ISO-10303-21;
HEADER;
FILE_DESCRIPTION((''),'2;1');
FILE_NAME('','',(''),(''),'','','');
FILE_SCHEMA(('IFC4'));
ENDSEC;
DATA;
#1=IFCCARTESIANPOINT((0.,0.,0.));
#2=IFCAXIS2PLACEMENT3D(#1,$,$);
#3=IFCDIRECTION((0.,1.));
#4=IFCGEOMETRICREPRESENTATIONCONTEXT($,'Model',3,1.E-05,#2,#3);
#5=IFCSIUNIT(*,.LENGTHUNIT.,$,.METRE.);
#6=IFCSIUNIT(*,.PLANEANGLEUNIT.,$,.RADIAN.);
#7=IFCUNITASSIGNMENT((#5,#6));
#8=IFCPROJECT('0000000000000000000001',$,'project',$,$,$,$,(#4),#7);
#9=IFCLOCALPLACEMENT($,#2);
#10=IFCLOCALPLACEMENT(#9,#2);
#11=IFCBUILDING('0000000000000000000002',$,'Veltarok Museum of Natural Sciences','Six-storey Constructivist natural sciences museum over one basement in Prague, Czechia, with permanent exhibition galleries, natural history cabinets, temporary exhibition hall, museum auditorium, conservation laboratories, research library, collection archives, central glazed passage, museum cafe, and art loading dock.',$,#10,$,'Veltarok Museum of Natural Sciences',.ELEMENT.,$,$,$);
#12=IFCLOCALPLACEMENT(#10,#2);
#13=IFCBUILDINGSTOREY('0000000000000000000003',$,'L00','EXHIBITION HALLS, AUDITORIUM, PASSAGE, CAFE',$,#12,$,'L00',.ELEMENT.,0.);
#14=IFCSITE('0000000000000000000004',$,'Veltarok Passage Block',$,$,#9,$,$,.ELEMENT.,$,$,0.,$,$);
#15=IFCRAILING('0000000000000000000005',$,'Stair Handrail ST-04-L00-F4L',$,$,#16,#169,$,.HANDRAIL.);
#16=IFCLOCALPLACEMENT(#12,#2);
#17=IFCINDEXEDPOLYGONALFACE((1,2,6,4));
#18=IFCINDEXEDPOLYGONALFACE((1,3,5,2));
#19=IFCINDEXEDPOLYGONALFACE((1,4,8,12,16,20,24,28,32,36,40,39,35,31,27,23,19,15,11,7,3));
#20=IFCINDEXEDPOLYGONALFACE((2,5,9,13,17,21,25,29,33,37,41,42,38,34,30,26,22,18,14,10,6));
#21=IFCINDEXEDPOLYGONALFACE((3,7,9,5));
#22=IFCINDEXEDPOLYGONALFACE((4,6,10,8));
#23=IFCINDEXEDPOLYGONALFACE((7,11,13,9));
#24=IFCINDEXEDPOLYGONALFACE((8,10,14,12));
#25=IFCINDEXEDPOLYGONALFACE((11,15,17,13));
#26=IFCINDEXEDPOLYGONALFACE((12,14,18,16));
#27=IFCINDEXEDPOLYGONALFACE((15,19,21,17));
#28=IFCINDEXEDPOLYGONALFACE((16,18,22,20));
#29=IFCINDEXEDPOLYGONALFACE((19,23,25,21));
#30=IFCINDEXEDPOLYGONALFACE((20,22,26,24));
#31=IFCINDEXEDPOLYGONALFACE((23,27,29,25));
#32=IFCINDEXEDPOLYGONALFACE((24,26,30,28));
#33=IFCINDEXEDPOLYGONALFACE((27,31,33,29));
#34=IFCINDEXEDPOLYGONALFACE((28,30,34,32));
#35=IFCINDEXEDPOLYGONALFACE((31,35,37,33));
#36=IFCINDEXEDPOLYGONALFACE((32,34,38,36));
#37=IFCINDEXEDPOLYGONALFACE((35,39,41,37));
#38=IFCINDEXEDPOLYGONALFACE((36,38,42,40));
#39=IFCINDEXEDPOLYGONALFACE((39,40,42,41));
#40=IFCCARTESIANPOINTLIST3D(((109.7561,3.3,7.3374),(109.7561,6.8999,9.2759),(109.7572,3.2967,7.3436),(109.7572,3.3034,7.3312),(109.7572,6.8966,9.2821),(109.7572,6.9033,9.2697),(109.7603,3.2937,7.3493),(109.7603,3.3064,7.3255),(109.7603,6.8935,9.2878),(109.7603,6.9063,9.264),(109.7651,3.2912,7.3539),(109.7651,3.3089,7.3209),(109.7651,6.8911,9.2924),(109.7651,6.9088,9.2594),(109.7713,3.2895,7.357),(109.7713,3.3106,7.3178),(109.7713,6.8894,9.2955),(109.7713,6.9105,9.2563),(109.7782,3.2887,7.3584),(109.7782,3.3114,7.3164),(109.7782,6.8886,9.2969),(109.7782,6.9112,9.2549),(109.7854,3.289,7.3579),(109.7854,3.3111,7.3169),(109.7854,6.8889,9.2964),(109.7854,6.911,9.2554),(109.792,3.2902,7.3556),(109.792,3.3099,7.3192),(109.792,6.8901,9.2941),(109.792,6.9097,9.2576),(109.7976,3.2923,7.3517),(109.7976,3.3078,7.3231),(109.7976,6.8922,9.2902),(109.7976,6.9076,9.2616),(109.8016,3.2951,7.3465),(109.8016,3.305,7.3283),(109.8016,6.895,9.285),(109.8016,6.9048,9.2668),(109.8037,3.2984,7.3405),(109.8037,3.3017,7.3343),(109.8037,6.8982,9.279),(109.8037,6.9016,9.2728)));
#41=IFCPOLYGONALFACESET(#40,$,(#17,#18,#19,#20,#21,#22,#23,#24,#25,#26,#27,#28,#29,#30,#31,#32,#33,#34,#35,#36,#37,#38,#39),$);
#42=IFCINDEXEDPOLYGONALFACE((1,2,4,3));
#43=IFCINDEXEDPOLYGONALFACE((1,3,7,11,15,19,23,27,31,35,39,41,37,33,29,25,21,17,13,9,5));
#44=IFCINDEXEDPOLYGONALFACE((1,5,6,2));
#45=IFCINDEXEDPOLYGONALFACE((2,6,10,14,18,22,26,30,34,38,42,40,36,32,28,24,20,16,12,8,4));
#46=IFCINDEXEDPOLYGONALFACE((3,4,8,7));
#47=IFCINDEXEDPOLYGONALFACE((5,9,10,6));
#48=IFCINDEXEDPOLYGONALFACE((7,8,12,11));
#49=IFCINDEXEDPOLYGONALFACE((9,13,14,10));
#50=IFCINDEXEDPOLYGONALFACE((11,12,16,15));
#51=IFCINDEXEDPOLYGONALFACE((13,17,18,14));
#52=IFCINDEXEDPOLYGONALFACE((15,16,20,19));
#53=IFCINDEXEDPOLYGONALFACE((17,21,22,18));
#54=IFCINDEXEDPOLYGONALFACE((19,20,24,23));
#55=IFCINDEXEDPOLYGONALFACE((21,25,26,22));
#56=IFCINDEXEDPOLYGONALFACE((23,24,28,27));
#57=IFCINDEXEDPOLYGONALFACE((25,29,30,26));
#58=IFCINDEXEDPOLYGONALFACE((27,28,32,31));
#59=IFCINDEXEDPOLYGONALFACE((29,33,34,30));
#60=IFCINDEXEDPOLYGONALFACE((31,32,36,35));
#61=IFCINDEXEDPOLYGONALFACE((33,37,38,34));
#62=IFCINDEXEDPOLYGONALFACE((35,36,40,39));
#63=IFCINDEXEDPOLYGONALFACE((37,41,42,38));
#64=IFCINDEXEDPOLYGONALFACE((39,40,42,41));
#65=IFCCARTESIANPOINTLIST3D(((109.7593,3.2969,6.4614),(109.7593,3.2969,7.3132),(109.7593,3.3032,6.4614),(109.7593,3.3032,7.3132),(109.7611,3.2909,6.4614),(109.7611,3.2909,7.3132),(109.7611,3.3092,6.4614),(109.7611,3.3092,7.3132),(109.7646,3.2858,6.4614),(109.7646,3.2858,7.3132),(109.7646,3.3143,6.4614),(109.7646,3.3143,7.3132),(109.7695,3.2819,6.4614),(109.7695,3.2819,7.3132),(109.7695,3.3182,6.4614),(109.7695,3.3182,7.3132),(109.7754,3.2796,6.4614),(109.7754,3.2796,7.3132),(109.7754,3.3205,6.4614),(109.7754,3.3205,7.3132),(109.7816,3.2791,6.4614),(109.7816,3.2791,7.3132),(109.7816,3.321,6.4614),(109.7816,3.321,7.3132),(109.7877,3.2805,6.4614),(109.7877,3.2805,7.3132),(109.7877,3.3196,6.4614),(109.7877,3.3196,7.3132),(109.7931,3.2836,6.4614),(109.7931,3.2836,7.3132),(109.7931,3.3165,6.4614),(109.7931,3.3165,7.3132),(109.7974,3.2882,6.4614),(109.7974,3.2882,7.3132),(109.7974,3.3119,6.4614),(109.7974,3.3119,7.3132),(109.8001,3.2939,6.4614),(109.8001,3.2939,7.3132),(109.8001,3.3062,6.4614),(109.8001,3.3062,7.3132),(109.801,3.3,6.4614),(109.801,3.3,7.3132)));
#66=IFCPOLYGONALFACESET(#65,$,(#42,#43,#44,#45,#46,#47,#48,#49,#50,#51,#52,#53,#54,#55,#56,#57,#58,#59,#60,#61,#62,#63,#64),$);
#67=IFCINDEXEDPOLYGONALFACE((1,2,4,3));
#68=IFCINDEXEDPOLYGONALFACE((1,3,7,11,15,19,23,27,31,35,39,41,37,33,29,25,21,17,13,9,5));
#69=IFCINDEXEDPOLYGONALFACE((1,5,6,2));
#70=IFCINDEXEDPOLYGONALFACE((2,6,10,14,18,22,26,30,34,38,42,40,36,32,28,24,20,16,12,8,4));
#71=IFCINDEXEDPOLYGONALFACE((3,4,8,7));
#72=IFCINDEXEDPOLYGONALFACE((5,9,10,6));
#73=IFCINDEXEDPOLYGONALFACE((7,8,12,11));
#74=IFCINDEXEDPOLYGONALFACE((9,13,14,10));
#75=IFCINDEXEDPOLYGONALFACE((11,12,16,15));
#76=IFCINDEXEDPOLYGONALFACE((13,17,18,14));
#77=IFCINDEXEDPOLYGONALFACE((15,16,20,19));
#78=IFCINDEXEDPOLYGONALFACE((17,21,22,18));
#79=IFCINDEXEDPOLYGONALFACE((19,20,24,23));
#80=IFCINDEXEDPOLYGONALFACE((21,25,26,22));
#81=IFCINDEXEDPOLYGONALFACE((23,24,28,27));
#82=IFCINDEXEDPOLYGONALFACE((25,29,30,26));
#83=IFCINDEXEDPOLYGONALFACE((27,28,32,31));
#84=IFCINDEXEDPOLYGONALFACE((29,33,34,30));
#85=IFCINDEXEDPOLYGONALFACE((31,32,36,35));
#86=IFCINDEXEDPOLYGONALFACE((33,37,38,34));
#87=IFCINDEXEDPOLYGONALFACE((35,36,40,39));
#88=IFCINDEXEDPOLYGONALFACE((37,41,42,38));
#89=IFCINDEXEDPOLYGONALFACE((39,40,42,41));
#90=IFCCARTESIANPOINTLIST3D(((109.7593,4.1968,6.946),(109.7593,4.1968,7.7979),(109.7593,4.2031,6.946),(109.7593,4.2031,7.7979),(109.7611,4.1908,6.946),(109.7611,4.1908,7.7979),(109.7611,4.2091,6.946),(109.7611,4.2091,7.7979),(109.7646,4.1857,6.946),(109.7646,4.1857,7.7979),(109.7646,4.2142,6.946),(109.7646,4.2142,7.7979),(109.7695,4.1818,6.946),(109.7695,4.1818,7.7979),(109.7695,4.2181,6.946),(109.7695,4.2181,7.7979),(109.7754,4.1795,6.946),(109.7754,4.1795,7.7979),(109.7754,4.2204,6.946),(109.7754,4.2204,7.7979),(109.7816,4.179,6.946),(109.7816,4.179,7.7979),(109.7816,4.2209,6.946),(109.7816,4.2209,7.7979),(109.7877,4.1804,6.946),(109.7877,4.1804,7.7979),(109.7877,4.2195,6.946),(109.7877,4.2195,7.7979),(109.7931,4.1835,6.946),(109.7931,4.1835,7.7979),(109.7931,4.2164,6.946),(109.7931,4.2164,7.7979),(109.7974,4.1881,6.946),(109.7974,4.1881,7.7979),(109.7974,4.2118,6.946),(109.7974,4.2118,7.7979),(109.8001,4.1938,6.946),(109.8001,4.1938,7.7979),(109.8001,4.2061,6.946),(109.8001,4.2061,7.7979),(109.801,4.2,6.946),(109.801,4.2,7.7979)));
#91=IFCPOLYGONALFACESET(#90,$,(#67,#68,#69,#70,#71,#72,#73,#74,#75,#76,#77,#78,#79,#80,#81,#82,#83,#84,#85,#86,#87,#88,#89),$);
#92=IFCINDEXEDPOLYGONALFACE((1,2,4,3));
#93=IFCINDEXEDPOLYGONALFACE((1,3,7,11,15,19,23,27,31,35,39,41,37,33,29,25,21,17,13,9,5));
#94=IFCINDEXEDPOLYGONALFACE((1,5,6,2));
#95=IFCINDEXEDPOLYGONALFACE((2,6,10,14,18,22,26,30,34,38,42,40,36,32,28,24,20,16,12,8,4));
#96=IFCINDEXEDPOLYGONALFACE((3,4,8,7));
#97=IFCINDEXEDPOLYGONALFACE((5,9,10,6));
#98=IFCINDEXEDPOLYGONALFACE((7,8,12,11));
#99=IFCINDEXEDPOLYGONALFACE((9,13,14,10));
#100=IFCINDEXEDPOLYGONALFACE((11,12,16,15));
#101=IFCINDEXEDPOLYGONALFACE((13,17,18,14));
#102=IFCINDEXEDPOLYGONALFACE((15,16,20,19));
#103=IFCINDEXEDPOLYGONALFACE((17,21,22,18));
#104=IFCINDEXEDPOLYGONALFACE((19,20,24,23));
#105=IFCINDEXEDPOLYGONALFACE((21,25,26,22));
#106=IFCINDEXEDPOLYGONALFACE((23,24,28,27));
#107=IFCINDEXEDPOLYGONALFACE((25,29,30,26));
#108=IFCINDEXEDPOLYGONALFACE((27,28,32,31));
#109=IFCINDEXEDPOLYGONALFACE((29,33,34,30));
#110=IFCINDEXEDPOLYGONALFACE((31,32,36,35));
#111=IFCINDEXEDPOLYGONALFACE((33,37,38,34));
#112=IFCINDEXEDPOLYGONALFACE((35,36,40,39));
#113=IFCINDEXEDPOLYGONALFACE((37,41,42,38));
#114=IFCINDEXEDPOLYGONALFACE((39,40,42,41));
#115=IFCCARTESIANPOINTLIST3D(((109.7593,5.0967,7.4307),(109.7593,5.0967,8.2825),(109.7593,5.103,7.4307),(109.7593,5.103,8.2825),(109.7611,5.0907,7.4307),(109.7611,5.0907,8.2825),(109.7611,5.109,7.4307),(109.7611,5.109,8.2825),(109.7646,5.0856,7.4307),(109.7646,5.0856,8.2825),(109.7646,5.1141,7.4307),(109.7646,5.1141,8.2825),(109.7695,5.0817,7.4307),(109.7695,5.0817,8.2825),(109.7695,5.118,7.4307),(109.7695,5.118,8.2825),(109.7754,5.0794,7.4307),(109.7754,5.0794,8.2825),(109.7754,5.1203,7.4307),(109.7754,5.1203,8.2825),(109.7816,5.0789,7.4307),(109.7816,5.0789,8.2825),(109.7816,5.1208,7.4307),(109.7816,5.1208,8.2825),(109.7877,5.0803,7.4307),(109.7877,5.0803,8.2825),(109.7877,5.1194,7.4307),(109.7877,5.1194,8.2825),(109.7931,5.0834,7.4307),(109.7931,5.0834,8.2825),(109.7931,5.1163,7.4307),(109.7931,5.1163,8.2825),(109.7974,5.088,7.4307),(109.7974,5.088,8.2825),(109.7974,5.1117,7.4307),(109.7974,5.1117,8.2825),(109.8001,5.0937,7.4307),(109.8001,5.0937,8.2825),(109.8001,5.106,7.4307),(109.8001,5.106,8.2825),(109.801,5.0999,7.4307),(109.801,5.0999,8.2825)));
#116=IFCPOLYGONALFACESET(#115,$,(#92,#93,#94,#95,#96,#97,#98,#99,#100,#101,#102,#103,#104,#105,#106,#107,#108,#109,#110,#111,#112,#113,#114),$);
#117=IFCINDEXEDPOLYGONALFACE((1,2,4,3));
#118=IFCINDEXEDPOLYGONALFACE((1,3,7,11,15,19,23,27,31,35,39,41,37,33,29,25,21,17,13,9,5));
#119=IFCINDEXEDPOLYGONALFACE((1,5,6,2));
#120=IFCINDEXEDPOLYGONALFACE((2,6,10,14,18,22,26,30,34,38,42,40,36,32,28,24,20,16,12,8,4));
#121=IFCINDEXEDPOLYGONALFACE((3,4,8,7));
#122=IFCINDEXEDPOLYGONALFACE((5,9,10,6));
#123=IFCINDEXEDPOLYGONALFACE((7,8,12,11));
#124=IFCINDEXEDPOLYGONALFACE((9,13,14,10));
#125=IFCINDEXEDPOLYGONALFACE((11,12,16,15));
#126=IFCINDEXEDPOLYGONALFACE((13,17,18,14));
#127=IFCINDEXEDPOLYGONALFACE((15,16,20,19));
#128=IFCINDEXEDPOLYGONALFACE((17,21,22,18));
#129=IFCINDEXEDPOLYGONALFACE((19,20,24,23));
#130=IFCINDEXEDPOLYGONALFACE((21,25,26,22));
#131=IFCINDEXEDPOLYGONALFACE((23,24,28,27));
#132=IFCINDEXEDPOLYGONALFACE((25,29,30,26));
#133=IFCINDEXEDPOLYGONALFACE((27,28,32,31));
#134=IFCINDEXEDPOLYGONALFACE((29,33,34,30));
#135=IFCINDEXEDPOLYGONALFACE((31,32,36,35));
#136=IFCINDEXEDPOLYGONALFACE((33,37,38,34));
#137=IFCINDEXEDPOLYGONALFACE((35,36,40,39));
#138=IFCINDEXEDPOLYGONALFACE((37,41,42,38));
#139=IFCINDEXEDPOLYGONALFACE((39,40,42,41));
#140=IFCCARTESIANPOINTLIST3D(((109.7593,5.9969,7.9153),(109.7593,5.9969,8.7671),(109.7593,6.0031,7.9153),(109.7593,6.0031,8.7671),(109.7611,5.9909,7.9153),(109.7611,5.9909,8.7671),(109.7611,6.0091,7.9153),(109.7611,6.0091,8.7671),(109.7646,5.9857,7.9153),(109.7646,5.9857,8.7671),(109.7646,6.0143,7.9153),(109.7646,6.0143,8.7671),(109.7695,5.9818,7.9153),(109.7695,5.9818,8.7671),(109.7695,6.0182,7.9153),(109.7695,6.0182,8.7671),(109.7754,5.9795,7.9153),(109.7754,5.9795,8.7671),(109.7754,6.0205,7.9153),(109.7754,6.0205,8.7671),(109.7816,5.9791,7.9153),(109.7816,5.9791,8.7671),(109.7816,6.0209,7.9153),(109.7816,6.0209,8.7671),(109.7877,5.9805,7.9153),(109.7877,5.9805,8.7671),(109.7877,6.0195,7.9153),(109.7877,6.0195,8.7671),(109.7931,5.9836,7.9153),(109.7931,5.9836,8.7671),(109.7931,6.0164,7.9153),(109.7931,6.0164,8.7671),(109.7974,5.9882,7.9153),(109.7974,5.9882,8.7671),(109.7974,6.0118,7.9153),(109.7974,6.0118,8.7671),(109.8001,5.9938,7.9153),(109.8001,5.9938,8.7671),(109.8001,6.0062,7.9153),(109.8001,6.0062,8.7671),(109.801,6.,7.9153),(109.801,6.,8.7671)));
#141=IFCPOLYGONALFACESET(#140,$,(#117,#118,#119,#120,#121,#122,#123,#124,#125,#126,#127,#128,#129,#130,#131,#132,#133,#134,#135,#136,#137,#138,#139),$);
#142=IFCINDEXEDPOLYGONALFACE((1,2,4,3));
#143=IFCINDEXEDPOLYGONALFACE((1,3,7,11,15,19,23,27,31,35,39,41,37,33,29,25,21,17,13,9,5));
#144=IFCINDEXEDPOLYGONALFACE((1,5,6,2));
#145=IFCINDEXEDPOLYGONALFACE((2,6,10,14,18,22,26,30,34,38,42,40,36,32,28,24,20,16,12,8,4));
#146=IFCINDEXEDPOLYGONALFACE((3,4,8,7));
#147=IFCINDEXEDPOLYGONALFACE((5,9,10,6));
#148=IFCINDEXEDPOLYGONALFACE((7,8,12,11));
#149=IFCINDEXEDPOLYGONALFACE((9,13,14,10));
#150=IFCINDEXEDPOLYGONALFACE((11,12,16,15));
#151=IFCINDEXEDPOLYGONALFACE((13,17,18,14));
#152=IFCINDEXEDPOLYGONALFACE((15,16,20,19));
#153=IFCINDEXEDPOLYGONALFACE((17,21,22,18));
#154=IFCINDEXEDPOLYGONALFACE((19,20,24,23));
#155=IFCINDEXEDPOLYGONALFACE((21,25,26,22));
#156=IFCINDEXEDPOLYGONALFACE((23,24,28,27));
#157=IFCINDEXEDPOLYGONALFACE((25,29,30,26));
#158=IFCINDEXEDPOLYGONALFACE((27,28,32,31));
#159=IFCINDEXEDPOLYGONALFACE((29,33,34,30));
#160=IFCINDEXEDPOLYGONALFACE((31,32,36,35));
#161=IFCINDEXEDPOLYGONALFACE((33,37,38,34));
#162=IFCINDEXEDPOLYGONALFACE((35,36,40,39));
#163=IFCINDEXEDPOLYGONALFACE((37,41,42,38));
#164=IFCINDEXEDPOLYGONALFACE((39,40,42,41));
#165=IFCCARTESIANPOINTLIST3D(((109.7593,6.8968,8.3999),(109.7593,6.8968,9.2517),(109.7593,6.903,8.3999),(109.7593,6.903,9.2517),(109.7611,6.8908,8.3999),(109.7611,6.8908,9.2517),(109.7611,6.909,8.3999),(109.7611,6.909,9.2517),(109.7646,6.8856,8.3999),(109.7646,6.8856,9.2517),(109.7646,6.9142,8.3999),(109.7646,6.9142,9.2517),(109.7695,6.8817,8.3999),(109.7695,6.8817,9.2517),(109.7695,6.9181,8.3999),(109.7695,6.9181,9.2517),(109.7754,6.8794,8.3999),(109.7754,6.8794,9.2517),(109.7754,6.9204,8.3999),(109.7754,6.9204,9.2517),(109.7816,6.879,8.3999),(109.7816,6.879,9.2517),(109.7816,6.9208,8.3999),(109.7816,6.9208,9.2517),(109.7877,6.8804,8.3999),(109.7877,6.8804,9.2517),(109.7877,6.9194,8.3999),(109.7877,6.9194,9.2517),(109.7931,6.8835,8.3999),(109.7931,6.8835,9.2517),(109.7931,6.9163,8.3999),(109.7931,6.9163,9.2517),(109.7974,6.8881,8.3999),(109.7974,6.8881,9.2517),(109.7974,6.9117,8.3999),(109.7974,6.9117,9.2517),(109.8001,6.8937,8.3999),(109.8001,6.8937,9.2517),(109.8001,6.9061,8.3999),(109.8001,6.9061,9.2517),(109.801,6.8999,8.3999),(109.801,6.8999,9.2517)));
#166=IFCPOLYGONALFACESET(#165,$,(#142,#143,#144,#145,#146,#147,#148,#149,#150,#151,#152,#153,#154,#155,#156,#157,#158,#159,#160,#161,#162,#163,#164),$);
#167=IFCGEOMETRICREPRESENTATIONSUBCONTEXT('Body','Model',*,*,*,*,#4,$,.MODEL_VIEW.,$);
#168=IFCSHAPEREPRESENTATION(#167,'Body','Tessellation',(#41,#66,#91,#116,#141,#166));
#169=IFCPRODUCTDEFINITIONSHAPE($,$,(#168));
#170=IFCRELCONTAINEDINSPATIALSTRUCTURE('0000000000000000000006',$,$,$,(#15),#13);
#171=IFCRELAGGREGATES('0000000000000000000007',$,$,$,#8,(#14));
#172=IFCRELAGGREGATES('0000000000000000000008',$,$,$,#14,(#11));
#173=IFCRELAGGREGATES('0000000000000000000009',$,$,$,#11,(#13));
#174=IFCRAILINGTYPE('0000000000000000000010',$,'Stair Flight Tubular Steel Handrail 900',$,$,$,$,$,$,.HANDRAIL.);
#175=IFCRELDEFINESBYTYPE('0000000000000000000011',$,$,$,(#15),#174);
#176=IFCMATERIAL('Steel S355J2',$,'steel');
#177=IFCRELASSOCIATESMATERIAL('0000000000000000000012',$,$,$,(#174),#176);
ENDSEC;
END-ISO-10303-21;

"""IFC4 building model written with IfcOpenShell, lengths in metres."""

from ifc_helpers import new_model, si_unit, direction, frame, origin, origin_2d, place, context, subcontext, project, spatial, circle, extrude, material, type_object, element, save


model = new_model("IFC4")

# Units and contexts
model_context = context("Model", 3, precision=1e-05, world=origin(), true_north=direction((0.0, 1.0)))
body_context = subcontext(model_context, "Body", "Model", "MODEL_VIEW")
ifc_project = project(units=[si_unit("LENGTHUNIT", "METRE"), si_unit("PLANEANGLEUNIT", "RADIAN")], contexts=[model_context])

# Site, building, storey
site_placement = place(None, origin())
site = spatial("IfcSite", under=ifc_project, at=site_placement, Name="Veltarok Passage Block", CompositionType="ELEMENT", RefElevation=0.0)
building_placement = place(site_placement, origin())
building = spatial("IfcBuilding", under=site, at=building_placement, Name="Veltarok Museum of Natural Sciences", Description="Six-storey Constructivist natural sciences museum over one basement in Prague, Czechia, with permanent exhibition galleries, natural history cabinets, temporary exhibition hall, museum auditorium, conservation laboratories, research library, collection archives, central glazed passage, museum cafe, and art loading dock.", LongName="Veltarok Museum of Natural Sciences", CompositionType="ELEMENT")
storey_placement = place(building_placement, origin())
storey = spatial("IfcBuildingStorey", under=building, at=storey_placement, Name="L00", Description="EXHIBITION HALLS, AUDITORIUM, PASSAGE, CAFE", LongName="L00", CompositionType="ELEMENT", Elevation=0.0)

# Shared definitions
ifc_material_1 = material(Name="Steel S355J2", Category="steel")

# Railing
railing_type_1 = type_object("IfcRailingType", Name="Stair Flight Tubular Steel Handrail 900", PredefinedType="HANDRAIL", material=ifc_material_1)
for number, where, name in (
    (1, (109.78, 3.3, 6.4614), "Stair Handrail ST-04-L00-F4L"),
):
    element("IfcRailing", number, at=place(storey_placement, frame(where)), inside=storey, type_object=railing_type_1, Name=name, PredefinedType="HANDRAIL", context=body_context, shape_type="SweptSolid", body=[
        extrude(circle(Radius=0.0239, at=origin_2d()), frame((0.0, 0.0, 0.876), z_axis=(0.0, 0.880462, 0.474118), x_axis=(-1.0, 0.0, 0.0)), (0.0, 0.0, 1.0), 4.0886),
        extrude(circle(Radius=0.021, at=origin_2d()), origin(), (0.0, 0.0, 1.0), 0.8518),
        extrude(circle(Radius=0.021, at=origin_2d()), frame((0.0, 0.8999, 0.4846)), (0.0, 0.0, 1.0), 0.8518),
        extrude(circle(Radius=0.021, at=origin_2d()), frame((0.0, 1.7998, 0.9692)), (0.0, 0.0, 1.0), 0.8518),
        extrude(circle(Radius=0.021, at=origin_2d()), frame((0.0, 2.7, 1.4539)), (0.0, 0.0, 1.0), 0.8518),
        extrude(circle(Radius=0.021, at=origin_2d()), frame((0.0, 3.5999, 1.9385)), (0.0, 0.0, 1.0), 0.8518),
    ])

save(model, "model.ifc")
